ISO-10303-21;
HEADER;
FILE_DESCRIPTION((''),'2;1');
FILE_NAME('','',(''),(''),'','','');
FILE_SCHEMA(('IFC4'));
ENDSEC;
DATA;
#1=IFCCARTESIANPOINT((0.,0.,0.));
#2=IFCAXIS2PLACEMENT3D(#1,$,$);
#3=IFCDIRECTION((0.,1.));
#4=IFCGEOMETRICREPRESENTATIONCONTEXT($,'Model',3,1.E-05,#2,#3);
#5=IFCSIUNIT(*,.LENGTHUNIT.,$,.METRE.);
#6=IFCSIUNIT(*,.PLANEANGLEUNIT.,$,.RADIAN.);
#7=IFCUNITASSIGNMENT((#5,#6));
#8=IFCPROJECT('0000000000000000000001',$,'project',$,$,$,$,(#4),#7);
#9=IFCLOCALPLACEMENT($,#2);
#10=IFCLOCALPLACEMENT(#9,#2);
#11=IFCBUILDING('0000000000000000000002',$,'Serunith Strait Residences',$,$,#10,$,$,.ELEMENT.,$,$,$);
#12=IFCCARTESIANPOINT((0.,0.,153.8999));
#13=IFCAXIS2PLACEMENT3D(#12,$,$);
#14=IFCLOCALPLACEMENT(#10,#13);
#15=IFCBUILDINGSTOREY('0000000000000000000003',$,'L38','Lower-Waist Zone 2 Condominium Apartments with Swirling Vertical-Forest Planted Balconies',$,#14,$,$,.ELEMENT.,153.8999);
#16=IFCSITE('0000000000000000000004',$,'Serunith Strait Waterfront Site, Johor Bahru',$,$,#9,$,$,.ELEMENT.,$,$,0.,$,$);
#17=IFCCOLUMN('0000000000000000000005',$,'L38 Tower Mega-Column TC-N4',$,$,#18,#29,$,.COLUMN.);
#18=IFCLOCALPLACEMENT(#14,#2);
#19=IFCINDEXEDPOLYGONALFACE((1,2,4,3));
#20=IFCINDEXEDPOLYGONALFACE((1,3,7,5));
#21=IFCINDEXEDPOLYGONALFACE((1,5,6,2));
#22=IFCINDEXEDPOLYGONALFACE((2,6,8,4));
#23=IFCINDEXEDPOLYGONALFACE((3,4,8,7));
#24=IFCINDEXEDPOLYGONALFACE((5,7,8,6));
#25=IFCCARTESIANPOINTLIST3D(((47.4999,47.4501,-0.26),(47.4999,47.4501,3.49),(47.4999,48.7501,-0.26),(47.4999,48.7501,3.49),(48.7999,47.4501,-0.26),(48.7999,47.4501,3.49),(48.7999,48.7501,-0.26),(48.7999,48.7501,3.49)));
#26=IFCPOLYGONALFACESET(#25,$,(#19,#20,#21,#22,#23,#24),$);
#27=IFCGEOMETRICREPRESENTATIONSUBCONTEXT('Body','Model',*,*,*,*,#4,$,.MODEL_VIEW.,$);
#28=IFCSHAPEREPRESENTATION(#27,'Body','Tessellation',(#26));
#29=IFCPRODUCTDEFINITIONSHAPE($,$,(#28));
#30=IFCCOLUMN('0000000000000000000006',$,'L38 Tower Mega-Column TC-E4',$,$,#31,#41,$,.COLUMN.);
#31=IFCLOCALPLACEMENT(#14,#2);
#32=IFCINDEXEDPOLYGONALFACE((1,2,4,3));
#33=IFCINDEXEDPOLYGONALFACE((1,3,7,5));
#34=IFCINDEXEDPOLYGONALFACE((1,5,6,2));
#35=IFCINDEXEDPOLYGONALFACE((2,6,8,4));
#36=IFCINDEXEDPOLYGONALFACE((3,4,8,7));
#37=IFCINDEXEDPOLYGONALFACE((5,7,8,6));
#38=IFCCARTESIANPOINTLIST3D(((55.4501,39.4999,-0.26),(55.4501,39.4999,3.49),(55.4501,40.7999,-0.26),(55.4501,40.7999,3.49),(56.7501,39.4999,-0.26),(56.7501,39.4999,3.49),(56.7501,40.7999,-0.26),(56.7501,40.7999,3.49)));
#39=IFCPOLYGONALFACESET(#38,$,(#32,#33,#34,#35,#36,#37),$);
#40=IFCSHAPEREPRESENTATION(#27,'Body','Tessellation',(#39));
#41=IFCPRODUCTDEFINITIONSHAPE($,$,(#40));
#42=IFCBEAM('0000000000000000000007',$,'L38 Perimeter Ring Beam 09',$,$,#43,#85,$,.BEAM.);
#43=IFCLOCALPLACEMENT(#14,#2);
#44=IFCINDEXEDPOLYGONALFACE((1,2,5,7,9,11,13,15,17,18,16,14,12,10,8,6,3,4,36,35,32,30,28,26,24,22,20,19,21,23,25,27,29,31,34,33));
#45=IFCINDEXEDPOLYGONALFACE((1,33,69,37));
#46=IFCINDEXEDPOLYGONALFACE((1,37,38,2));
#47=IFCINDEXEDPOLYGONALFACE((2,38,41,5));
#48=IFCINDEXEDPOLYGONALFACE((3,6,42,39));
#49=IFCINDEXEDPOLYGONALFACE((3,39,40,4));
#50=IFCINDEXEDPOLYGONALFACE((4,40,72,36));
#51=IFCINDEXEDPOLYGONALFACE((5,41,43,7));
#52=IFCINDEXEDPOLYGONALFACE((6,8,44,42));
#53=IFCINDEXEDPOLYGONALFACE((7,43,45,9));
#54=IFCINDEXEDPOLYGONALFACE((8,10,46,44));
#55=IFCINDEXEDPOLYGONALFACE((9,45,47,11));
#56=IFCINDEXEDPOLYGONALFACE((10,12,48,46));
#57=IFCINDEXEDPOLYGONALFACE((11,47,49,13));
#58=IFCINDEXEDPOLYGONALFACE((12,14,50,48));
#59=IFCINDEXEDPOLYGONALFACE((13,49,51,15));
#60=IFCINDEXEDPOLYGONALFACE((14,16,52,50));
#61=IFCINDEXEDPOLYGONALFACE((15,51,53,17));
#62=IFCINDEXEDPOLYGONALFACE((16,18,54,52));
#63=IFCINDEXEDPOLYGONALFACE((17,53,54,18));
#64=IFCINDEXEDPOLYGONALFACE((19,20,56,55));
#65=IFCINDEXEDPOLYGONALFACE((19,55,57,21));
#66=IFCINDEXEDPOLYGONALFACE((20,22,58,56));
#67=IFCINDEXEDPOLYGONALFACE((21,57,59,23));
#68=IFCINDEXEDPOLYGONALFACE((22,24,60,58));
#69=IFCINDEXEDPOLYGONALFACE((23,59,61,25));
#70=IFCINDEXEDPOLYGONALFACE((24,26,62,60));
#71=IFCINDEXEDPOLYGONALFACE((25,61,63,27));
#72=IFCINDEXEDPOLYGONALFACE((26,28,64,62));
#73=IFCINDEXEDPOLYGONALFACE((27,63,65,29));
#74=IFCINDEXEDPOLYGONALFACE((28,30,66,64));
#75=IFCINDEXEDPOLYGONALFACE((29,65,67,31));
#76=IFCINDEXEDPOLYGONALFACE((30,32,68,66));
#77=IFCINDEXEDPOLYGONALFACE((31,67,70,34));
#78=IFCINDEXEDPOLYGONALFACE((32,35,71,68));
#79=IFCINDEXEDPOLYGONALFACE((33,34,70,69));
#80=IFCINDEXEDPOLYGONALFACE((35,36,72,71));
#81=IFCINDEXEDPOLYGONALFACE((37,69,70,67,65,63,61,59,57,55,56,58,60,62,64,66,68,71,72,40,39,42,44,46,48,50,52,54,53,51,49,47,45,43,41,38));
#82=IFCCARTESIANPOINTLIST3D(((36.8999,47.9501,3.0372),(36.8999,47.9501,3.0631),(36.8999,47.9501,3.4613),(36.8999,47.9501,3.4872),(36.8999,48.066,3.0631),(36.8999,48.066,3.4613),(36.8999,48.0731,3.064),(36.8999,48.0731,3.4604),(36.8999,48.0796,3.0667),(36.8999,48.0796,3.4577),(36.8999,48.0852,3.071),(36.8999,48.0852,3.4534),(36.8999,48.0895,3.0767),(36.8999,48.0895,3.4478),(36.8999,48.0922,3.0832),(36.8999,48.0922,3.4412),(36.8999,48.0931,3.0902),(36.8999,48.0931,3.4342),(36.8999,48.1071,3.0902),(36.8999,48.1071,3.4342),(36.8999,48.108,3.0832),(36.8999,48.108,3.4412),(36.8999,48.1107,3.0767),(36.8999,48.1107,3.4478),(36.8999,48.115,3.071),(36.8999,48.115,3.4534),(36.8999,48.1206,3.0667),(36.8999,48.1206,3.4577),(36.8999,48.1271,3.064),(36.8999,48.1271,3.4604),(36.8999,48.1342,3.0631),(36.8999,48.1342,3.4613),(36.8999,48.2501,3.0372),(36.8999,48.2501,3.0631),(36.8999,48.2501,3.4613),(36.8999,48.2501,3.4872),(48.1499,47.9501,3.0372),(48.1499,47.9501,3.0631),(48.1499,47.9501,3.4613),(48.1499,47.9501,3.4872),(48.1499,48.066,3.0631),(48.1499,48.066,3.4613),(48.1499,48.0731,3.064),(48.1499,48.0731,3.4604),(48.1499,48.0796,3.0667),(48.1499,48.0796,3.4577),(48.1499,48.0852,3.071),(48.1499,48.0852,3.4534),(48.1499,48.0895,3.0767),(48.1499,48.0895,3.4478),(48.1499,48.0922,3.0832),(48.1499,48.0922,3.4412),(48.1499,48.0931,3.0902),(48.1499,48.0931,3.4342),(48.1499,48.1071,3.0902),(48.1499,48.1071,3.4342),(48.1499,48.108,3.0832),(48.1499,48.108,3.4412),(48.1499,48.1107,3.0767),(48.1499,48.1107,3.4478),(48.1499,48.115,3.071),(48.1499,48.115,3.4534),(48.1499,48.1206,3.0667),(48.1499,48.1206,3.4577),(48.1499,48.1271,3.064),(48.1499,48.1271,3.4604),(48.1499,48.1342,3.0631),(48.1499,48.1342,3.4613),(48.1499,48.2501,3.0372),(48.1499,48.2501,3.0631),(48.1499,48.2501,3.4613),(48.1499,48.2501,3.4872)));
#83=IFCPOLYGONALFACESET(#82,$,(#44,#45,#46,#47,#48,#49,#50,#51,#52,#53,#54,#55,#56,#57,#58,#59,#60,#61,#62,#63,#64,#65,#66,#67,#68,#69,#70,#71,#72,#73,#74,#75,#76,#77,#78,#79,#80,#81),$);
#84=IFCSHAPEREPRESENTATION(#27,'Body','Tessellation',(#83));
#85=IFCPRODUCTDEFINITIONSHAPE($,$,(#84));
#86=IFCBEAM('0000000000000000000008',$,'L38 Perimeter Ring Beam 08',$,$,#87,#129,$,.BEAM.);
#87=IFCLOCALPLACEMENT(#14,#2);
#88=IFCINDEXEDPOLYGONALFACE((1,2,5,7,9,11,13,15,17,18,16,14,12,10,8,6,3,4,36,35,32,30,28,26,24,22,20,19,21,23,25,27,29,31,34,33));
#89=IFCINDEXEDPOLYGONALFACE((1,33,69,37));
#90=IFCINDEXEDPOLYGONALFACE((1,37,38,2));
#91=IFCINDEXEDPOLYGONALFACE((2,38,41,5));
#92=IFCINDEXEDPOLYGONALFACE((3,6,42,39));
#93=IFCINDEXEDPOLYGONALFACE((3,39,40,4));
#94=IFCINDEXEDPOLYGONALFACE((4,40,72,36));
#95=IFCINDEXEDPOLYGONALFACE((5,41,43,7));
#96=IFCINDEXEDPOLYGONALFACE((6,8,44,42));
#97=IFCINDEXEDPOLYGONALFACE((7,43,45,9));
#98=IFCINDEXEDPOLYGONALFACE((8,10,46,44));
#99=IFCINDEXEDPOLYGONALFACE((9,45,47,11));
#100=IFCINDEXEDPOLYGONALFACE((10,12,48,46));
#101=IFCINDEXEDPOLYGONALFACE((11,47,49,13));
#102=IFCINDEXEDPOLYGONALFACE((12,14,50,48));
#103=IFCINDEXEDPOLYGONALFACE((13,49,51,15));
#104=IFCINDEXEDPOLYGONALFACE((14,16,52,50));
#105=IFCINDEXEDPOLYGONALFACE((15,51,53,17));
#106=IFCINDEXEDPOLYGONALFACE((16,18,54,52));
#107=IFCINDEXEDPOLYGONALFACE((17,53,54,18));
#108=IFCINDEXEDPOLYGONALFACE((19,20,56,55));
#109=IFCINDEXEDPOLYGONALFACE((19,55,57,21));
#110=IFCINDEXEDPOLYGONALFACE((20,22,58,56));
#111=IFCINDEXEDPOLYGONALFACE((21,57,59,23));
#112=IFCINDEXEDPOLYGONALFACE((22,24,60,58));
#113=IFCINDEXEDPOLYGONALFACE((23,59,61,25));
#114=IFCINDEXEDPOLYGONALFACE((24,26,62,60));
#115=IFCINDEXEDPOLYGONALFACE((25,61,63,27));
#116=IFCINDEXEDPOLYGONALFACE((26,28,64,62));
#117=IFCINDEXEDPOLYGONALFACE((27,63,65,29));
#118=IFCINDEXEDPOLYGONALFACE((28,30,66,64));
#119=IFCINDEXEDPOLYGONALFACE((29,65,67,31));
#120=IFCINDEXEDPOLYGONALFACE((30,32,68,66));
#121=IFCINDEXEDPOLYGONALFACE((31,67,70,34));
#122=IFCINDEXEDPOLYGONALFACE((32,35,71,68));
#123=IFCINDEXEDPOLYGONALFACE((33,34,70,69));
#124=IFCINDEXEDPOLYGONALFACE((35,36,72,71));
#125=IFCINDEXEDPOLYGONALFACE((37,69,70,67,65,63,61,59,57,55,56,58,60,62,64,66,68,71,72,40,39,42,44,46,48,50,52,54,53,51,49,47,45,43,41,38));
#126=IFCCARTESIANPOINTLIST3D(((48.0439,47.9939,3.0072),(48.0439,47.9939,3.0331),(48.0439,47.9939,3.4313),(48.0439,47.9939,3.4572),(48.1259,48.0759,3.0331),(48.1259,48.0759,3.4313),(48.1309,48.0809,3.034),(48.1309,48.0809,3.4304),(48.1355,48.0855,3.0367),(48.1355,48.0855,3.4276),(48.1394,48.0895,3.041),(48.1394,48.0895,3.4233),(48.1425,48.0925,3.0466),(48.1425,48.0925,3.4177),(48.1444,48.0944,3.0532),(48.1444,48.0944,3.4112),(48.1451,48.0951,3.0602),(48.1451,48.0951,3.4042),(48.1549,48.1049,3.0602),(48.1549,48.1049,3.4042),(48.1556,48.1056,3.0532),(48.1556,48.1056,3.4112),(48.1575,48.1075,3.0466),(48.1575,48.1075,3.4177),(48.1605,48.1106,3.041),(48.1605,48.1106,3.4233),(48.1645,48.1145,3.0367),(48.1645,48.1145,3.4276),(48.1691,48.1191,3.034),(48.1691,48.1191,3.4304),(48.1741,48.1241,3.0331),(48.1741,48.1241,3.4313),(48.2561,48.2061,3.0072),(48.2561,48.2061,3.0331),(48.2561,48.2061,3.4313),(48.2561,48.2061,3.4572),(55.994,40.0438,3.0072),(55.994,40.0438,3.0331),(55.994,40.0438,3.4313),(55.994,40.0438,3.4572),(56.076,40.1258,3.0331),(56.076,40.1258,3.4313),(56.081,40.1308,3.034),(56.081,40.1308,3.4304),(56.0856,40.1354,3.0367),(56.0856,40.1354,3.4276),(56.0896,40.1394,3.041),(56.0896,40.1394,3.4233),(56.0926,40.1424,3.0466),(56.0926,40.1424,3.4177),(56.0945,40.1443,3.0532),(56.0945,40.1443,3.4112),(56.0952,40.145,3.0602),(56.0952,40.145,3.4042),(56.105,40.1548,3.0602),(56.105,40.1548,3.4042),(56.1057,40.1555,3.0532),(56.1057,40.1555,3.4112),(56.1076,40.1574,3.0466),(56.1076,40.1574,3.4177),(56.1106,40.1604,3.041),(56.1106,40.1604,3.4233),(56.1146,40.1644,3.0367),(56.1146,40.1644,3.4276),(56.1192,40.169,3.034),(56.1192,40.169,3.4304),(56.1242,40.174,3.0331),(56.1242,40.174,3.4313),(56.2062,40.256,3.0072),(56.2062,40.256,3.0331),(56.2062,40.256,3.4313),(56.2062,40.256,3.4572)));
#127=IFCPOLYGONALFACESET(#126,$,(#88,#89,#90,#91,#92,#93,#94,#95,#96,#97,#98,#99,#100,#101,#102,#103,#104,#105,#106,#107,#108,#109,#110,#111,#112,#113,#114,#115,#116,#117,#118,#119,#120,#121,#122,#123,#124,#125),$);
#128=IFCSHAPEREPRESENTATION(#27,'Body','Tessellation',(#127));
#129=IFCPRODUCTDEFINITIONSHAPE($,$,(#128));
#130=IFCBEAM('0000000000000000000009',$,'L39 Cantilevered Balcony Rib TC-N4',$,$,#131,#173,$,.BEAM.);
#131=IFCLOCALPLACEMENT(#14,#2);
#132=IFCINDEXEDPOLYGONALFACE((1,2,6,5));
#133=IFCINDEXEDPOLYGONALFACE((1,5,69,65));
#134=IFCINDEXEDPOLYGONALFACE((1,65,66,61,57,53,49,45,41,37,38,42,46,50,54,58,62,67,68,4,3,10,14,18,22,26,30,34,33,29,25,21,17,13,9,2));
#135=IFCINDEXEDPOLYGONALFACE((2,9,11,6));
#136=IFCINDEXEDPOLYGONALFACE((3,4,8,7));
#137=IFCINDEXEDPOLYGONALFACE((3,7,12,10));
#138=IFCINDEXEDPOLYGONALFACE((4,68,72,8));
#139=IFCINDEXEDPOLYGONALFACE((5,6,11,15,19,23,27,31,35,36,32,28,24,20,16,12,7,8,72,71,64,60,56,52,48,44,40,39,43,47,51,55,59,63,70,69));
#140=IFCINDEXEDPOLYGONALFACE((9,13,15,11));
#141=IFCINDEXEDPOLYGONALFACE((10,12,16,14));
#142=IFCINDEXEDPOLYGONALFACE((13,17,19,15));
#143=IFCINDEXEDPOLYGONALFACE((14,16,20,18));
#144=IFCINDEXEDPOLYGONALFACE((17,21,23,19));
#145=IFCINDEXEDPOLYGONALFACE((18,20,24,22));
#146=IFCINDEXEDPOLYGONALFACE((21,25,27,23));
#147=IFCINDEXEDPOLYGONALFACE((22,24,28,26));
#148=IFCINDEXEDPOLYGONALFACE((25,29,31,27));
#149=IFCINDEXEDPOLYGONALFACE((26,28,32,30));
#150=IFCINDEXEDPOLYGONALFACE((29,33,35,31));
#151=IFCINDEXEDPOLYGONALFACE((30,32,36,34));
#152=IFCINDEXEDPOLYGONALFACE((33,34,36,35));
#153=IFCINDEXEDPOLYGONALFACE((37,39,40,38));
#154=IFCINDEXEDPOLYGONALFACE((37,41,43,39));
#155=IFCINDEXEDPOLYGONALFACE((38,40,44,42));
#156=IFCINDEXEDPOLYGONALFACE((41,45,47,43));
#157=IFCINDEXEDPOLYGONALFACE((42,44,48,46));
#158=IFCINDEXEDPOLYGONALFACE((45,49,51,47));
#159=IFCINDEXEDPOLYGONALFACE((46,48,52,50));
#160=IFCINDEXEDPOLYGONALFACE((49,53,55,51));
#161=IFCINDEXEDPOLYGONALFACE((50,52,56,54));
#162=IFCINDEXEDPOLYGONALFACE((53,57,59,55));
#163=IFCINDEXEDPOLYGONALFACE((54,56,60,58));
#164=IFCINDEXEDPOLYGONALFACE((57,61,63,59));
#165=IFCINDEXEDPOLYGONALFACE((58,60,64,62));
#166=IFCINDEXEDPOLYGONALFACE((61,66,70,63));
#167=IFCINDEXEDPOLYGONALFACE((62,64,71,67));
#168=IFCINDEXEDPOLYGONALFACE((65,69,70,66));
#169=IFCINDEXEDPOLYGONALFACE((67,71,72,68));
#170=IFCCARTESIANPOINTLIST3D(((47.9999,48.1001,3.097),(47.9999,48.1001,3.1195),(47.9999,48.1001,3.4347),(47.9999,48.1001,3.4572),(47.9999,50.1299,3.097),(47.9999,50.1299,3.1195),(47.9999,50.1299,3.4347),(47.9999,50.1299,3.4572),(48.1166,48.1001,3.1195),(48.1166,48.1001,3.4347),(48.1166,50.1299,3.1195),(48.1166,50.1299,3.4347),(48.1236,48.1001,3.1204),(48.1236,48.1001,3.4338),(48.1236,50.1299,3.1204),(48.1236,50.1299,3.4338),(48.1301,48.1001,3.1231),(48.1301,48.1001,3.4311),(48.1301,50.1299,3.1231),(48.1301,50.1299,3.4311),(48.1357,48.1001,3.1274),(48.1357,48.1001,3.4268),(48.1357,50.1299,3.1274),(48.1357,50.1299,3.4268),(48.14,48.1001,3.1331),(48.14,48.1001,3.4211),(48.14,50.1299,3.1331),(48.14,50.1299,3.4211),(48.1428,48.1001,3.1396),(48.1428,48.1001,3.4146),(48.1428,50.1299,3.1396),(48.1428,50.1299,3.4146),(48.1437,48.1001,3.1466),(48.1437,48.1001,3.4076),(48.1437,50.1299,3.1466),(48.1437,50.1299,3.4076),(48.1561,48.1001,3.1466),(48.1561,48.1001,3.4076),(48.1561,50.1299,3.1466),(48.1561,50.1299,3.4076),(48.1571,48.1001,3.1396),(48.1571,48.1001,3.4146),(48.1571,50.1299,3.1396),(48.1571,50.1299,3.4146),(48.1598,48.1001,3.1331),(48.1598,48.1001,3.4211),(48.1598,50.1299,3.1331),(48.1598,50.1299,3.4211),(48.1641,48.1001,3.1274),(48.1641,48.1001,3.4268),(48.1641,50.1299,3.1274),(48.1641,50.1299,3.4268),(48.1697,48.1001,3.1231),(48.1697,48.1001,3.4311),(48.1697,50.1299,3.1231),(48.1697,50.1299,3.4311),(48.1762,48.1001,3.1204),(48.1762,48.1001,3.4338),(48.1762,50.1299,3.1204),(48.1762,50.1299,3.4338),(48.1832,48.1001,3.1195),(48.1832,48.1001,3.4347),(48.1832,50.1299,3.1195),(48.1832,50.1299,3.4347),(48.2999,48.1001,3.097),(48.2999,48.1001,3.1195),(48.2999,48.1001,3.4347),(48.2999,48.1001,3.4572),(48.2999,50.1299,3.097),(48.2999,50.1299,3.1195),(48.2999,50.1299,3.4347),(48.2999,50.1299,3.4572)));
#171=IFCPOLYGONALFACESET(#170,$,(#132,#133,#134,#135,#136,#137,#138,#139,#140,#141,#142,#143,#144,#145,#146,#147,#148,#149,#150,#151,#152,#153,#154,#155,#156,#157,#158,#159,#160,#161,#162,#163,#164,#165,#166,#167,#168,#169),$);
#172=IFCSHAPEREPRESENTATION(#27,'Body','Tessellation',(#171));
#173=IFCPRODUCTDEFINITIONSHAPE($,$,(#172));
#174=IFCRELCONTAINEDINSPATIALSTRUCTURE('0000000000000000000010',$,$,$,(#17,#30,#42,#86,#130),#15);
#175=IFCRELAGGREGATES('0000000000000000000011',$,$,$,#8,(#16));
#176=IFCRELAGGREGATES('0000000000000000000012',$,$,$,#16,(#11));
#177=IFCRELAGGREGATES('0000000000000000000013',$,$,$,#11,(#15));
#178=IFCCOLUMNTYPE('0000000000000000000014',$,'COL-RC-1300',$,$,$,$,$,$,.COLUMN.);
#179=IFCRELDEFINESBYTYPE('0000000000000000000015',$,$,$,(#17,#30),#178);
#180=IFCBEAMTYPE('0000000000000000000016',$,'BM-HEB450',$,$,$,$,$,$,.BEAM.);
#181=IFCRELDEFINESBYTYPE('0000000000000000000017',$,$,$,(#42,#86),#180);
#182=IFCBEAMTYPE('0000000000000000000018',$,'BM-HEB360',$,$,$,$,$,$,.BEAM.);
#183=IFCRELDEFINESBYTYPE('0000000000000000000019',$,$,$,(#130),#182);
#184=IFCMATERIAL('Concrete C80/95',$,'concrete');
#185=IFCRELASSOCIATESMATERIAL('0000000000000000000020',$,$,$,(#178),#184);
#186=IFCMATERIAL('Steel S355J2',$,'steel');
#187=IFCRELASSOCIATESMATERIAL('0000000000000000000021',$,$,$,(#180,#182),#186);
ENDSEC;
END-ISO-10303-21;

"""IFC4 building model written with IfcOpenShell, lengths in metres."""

from ifc_helpers import new_model, si_unit, direction, frame, origin, origin_2d, place, context, subcontext, project, spatial, rectangle, i_section, extrude, source, transform, mapped, material, material_profile, profile_set, type_object, element, save


model = new_model("IFC4")

# Units and contexts
model_context = context("Model", 3, precision=1e-05, world=origin(), true_north=direction((0.0, 1.0)))
body_context = subcontext(model_context, "Body", "Model", "MODEL_VIEW")
ifc_project = project(units=[si_unit("LENGTHUNIT", "METRE"), si_unit("PLANEANGLEUNIT", "RADIAN")], contexts=[model_context])

# Site, building, storey
site_placement = place(None, origin())
site = spatial("IfcSite", under=ifc_project, at=site_placement, Name="Serunith Strait Waterfront Site, Johor Bahru", CompositionType="ELEMENT", RefElevation=0.0)
building_placement = place(site_placement, origin())
building = spatial("IfcBuilding", under=site, at=building_placement, Name="Serunith Strait Residences", CompositionType="ELEMENT")
storey_placement = place(building_placement, frame((0.0, 0.0, 153.8999)))
storey = spatial("IfcBuildingStorey", under=building, at=storey_placement, Name="L38", Description="Lower-Waist Zone 2 Condominium Apartments with Swirling Vertical-Forest Planted Balconies", CompositionType="ELEMENT", Elevation=153.8999)

# Columns
ifc_material_1 = material(Name="Concrete C80/95", Category="concrete")
ifc_material_profile_1 = material_profile(ifc_material_1, rectangle(XDim=1.3, YDim=1.3, at=origin_2d()), Name="RC 1300x1300")
ifc_profile_set_1 = profile_set([ifc_material_profile_1], Name="Concrete C80/95")
column_type = type_object("IfcColumnType", Name="COL-RC-1300", PredefinedType="COLUMN", material=ifc_profile_set_1)
shared_shape_1 = source(origin(), body_context, "Body", "SweptSolid", [
    extrude(rectangle(XDim=1.3, YDim=1.3, at=origin_2d()), origin(), (0.0, 0.0, 1.0), 3.75),
])
for number, where, z_axis, x_axis, name in (
    (1, (48.1499, 48.1001, -0.26), (0.0, 0.0, 1.0), (1.0, 0.0, 0.0), "L38 Tower Mega-Column TC-N4"),
    (2, (56.1001, 40.1499, -0.26), (0.0, 0.0, 1.0), (1.0, 0.0, 0.0), "L38 Tower Mega-Column TC-E4"),
):
    element("IfcColumn", number, at=place(storey_placement, frame(where, z_axis=z_axis, x_axis=x_axis)), inside=storey, type_object=column_type, Name=name, PredefinedType="COLUMN", context=body_context, shape_type="MappedRepresentation", body=[
        mapped(shared_shape_1, transform((0.0, 0.0, 0.0), scale=1.0)),
    ])

# Beams
ifc_material_2 = material(Name="Steel S355J2", Category="steel")
ifc_material_profile_2 = material_profile(ifc_material_2, i_section(OverallWidth=0.3, OverallDepth=0.45, WebThickness=0.0139, FlangeThickness=0.0259, FilletRadius=0.0271, at=origin_2d()), Name="HEB 450")
ifc_profile_set_2 = profile_set([ifc_material_profile_2], Name="Steel S355J2")
beam_type_1 = type_object("IfcBeamType", Name="BM-HEB450", PredefinedType="BEAM", material=ifc_profile_set_2)
shared_shape_2 = source(origin(), body_context, "Body", "SweptSolid", [
    extrude(i_section(OverallWidth=0.3, OverallDepth=0.45, WebThickness=0.0139, FlangeThickness=0.0259, FilletRadius=0.0271, at=origin_2d()), origin(), (0.0, 0.0, 1.0), 11.25),
])
beam_1_placement = place(storey_placement, frame((48.1499, 48.1001, 3.2622), z_axis=(-1.0, 0.0, 0.0), x_axis=(0.0, -1.0, 0.0)))
element("IfcBeam", 3, at=beam_1_placement, inside=storey, type_object=beam_type_1, Name="L38 Perimeter Ring Beam 09", PredefinedType="BEAM", context=body_context, shape_type="MappedRepresentation", body=[
    mapped(shared_shape_2, transform((0.0, 0.0, 0.0), scale=1.0)),
])
shared_shape_3 = source(origin(), body_context, "Body", "SweptSolid", [
    extrude(i_section(OverallWidth=0.3, OverallDepth=0.45, WebThickness=0.0139, FlangeThickness=0.0259, FilletRadius=0.0271, at=origin_2d()), origin(), (0.0, 0.0, 1.0), 11.2432),
])
beam_2_placement = place(storey_placement, frame((56.1001, 40.1499, 3.2322), z_axis=(-0.707107, 0.707107, 0.0), x_axis=(-0.707107, -0.707107, 0.0)))
element("IfcBeam", 4, at=beam_2_placement, inside=storey, type_object=beam_type_1, Name="L38 Perimeter Ring Beam 08", PredefinedType="BEAM", context=body_context, shape_type="MappedRepresentation", body=[
    mapped(shared_shape_3, transform((0.0, 0.0, 0.0), scale=1.0)),
])
ifc_material_profile_3 = material_profile(ifc_material_2, i_section(OverallWidth=0.3, OverallDepth=0.3601, WebThickness=0.0125, FlangeThickness=0.0225, FilletRadius=0.0271, at=origin_2d()), Name="HEB 360")
ifc_profile_set_3 = profile_set([ifc_material_profile_3], Name="Steel S355J2")
beam_type_2 = type_object("IfcBeamType", Name="BM-HEB360", PredefinedType="BEAM", material=ifc_profile_set_3)
shared_shape_4 = source(origin(), body_context, "Body", "SweptSolid", [
    extrude(i_section(OverallWidth=0.3, OverallDepth=0.3601, WebThickness=0.0125, FlangeThickness=0.0225, FilletRadius=0.0271, at=origin_2d()), origin(), (0.0, 0.0, 1.0), 2.0298),
])
for number, where, z_axis, x_axis, name in (
    (5, (48.1499, 48.1001, 3.2771), (0.0, 1.0, 0.0), (-1.0, 0.0, 0.0), "L39 Cantilevered Balcony Rib TC-N4"),
):
    element("IfcBeam", number, at=place(storey_placement, frame(where, z_axis=z_axis, x_axis=x_axis)), inside=storey, type_object=beam_type_2, Name=name, PredefinedType="BEAM", context=body_context, shape_type="MappedRepresentation", body=[
        mapped(shared_shape_4, transform((0.0, 0.0, 0.0), scale=1.0)),
    ])

save(model, "model.ifc")
